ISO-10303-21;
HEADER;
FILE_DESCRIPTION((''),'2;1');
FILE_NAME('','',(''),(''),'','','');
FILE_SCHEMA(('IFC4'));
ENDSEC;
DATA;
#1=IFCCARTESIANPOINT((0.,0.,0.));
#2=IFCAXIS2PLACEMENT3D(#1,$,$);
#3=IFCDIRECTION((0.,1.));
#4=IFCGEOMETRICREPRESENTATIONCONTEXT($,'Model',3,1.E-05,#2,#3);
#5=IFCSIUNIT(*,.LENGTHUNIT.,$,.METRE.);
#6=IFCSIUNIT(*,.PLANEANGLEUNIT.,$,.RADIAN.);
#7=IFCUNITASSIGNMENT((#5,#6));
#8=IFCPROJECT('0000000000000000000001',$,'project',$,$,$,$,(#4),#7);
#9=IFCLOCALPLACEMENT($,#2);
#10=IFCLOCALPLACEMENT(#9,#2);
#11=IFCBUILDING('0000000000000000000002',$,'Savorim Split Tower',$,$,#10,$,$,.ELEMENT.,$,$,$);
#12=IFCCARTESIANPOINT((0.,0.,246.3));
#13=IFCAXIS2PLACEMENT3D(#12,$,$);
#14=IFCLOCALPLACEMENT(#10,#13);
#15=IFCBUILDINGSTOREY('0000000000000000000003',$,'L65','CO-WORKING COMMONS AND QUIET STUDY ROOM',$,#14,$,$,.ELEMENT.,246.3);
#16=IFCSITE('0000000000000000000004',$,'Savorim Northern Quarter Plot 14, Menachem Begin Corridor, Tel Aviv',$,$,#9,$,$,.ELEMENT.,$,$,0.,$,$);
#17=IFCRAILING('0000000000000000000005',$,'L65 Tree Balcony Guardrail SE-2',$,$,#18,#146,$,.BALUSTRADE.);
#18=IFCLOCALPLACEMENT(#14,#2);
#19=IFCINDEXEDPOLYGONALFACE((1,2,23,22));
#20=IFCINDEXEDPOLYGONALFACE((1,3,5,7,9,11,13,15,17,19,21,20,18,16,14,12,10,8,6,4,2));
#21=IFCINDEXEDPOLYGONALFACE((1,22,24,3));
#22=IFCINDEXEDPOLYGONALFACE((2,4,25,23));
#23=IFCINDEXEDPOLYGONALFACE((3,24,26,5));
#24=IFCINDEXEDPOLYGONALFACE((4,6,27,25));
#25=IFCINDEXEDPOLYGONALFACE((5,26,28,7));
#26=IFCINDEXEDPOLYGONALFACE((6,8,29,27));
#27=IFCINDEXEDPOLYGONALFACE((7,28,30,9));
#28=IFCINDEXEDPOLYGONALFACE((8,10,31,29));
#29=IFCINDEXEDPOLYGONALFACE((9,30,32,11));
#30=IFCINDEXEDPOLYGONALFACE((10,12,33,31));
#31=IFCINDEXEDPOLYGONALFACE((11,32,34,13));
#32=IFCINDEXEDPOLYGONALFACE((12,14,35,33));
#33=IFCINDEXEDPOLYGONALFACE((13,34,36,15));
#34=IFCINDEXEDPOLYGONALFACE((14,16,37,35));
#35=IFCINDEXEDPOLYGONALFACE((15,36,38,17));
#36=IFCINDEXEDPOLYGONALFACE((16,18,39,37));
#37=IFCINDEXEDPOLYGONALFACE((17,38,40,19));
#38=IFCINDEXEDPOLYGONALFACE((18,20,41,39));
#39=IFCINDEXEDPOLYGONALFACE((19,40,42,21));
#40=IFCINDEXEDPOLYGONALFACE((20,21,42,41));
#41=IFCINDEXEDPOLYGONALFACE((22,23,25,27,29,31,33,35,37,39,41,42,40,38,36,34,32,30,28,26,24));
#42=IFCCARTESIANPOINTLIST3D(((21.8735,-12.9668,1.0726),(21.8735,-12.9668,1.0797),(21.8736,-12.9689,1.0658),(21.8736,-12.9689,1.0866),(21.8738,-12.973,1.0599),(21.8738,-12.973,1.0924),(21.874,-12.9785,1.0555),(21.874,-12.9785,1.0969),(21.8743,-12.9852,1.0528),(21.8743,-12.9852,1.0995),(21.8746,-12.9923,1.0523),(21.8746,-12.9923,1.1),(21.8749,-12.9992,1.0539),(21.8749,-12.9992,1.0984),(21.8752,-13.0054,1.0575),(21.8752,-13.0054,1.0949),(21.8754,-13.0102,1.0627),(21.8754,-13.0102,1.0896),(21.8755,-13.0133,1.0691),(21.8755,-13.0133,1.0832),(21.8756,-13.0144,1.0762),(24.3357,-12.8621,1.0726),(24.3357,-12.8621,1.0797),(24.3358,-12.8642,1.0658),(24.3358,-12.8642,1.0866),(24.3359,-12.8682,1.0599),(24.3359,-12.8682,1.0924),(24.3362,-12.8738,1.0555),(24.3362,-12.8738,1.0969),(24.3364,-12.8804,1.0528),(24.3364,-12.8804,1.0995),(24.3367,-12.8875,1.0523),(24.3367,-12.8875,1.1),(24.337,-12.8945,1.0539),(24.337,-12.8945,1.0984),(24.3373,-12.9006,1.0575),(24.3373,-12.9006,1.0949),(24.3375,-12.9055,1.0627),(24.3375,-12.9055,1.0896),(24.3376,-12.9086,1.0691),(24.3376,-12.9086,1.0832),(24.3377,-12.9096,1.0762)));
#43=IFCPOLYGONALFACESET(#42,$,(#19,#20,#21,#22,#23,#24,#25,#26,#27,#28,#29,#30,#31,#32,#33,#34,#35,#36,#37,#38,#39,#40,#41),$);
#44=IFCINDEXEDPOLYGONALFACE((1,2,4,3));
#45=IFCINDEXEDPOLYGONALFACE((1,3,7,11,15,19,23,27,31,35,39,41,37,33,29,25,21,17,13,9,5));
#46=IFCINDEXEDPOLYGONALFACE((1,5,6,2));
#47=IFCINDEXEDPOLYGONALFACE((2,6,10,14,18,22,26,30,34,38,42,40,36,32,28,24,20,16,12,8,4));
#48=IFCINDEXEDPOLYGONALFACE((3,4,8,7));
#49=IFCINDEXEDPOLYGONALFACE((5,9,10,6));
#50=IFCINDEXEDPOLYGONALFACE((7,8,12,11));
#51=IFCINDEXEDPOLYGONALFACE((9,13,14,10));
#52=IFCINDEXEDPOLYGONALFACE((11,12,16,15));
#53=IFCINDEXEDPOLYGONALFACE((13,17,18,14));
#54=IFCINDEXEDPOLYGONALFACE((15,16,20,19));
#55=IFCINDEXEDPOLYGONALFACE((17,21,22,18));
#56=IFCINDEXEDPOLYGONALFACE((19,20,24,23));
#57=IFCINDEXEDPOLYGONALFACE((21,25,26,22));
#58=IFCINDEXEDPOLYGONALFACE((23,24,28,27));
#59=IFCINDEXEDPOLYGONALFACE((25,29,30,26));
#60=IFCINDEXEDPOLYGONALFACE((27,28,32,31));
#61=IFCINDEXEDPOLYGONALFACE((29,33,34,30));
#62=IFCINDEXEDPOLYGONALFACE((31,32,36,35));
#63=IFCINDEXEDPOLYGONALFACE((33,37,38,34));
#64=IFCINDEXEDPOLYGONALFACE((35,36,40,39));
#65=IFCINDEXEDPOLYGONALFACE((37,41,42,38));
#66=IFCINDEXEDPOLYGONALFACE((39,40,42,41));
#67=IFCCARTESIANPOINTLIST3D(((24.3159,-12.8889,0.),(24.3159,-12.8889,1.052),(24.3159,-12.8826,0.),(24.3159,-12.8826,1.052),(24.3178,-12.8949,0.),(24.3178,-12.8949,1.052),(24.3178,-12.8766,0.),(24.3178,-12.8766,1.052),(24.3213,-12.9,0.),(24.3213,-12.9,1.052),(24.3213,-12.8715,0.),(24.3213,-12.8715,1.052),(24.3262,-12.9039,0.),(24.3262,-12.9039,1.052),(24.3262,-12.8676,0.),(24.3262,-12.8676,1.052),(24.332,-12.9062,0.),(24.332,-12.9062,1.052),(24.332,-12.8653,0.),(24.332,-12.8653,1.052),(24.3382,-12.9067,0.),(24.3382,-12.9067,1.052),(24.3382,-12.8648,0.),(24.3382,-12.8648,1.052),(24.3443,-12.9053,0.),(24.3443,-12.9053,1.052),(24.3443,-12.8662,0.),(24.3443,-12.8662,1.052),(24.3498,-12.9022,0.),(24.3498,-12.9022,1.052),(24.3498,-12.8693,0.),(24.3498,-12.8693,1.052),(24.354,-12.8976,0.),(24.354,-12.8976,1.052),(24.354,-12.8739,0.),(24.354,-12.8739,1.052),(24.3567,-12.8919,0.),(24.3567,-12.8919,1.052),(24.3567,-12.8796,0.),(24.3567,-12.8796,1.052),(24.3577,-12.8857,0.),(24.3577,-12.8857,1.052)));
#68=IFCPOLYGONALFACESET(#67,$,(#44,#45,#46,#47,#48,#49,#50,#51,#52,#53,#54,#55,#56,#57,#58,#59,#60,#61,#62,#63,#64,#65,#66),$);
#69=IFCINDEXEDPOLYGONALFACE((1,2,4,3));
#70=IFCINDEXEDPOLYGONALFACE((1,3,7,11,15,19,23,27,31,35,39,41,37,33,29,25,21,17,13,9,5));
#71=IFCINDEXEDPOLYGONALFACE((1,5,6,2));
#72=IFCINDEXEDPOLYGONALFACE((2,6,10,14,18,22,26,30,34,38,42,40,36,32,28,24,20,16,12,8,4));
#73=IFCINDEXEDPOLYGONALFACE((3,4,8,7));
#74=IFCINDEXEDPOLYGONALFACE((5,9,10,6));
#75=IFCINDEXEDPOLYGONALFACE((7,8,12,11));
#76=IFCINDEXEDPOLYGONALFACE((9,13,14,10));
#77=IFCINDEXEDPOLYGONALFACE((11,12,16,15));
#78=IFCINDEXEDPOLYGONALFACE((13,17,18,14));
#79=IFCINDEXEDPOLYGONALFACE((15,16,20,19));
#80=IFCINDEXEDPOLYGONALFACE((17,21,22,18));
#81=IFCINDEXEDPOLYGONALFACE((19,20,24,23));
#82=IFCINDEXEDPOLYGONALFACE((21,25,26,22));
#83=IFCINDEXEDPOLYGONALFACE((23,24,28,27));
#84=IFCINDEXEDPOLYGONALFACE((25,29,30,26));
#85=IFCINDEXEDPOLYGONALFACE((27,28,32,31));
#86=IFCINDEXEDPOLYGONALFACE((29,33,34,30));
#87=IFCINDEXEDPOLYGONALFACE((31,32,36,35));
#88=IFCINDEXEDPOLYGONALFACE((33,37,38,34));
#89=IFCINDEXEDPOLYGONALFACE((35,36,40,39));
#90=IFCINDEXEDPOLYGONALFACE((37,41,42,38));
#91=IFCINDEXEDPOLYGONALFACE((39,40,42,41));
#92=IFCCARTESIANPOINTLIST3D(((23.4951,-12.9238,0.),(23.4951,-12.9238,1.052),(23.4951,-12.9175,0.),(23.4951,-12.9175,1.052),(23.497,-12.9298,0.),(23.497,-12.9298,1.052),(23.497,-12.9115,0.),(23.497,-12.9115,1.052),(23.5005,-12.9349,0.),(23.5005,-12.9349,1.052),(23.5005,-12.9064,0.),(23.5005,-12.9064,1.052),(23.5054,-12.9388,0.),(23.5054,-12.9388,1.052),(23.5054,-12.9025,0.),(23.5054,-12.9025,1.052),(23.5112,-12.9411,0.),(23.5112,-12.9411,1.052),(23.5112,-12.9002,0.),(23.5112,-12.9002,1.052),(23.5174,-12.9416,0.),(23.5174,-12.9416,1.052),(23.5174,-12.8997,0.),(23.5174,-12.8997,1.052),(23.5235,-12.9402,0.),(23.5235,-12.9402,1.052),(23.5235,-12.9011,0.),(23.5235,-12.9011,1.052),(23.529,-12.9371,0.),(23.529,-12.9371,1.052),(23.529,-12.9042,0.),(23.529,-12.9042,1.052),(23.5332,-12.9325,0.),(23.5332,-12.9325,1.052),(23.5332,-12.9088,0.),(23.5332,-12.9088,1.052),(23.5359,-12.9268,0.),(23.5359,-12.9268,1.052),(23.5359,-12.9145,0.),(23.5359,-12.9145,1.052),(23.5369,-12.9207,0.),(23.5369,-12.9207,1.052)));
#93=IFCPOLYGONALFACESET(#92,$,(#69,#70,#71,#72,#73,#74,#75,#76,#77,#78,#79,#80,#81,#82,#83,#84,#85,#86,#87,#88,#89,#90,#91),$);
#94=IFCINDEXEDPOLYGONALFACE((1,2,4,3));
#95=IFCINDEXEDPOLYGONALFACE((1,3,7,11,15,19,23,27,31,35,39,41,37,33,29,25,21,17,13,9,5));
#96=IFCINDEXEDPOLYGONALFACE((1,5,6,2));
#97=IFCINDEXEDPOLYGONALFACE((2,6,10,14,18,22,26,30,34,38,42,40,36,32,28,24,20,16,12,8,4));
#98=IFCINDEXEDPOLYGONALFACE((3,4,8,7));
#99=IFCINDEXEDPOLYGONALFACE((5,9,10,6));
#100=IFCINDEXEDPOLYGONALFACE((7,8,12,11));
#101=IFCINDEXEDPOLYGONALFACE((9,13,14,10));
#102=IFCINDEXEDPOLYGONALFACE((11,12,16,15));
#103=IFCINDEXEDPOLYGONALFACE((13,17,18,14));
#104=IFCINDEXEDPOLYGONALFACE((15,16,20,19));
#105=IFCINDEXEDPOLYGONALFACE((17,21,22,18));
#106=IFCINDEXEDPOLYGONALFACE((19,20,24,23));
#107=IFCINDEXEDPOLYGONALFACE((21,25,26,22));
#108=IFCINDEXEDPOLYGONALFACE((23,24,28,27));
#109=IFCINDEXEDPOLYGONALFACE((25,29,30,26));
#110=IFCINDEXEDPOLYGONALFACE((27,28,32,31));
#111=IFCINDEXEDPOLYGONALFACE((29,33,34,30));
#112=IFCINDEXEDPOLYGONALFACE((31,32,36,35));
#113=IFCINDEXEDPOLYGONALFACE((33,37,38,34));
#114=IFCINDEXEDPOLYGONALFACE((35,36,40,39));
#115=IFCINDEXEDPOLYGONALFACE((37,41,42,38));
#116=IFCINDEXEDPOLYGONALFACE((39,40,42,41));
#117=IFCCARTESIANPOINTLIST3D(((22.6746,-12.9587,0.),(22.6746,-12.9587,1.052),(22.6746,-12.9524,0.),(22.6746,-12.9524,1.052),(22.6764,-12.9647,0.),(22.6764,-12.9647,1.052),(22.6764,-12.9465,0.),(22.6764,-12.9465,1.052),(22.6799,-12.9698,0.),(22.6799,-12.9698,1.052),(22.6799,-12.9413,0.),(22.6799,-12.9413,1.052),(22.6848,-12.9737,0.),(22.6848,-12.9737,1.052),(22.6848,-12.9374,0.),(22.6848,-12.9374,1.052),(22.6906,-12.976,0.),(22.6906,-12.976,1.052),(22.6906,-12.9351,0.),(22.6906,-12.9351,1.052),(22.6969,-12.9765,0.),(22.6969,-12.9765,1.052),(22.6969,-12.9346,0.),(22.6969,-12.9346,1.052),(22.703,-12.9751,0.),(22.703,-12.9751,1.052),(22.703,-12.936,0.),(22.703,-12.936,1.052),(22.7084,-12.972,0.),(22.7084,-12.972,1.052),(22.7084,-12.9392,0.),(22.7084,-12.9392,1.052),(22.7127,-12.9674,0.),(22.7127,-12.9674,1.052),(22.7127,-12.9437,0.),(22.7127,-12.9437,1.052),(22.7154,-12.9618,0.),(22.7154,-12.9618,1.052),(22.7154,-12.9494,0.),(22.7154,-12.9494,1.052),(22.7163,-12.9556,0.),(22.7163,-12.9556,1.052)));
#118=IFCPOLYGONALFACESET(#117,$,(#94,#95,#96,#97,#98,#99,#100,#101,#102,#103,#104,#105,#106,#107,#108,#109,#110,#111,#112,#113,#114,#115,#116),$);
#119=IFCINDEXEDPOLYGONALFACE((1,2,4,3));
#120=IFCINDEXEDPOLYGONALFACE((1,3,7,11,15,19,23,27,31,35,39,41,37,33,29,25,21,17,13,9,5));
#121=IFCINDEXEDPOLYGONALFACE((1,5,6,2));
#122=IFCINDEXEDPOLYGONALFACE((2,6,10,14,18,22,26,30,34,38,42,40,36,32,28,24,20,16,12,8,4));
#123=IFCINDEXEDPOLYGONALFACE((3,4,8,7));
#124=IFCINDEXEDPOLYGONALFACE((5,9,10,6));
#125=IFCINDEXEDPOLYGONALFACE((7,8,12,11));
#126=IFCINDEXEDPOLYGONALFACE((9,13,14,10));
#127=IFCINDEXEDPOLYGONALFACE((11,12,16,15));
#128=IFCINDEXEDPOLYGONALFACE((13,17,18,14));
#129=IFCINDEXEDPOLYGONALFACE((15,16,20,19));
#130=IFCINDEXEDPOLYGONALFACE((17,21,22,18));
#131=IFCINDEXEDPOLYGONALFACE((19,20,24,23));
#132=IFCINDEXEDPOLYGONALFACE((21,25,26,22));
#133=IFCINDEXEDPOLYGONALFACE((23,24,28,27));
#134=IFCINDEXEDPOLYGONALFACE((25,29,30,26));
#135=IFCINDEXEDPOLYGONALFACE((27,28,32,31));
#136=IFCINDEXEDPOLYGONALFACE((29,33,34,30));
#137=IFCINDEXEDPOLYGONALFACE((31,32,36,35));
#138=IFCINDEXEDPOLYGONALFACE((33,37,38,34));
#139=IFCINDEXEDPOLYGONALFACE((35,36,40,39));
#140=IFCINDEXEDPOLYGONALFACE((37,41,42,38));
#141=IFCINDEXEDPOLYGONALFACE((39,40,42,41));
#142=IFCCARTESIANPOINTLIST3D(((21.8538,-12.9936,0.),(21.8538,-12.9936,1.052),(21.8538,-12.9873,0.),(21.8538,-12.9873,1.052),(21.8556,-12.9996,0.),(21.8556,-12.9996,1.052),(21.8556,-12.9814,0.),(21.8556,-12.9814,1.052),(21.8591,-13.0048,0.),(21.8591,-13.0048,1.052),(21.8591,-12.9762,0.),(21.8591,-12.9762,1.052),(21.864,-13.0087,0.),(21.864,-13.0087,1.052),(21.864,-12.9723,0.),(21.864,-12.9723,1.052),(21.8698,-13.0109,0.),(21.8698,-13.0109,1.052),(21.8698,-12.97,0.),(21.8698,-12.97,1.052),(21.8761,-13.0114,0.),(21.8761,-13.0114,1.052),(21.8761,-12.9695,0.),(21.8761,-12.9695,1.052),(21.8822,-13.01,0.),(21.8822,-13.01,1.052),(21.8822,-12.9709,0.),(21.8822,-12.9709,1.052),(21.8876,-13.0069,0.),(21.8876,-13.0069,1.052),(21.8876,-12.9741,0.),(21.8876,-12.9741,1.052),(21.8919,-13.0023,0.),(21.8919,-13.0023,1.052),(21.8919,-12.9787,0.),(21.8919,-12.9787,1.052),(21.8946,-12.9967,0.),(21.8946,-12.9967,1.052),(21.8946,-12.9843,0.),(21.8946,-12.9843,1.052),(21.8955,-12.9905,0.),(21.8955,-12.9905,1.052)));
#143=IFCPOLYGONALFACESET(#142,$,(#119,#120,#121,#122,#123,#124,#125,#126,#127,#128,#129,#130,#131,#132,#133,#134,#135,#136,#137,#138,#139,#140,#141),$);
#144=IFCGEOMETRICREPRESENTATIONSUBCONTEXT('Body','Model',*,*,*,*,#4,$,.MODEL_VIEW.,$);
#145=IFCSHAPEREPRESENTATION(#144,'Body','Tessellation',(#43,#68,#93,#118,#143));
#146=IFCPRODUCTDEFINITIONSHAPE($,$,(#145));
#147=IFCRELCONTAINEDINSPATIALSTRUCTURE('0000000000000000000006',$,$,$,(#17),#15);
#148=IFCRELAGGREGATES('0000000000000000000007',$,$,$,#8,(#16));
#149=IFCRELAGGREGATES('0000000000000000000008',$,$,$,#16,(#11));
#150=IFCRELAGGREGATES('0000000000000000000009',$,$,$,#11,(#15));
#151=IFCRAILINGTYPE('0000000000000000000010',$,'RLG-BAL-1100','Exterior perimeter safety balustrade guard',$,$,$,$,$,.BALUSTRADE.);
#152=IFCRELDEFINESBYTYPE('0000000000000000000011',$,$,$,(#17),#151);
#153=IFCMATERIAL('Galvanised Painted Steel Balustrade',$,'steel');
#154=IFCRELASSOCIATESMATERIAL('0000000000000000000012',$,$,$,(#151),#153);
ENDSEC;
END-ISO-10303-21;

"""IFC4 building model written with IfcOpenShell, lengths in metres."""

from ifc_helpers import new_model, si_unit, direction, frame, origin, origin_2d, place, context, subcontext, project, spatial, circle, extrude, material, type_object, element, save


model = new_model("IFC4")

# Units and contexts
model_context = context("Model", 3, precision=1e-05, world=origin(), true_north=direction((0.0, 1.0)))
body_context = subcontext(model_context, "Body", "Model", "MODEL_VIEW")
ifc_project = project(units=[si_unit("LENGTHUNIT", "METRE"), si_unit("PLANEANGLEUNIT", "RADIAN")], contexts=[model_context])

# Site, building, storey
site_placement = place(None, origin())
site = spatial("IfcSite", under=ifc_project, at=site_placement, Name="Savorim Northern Quarter Plot 14, Menachem Begin Corridor, Tel Aviv", CompositionType="ELEMENT", RefElevation=0.0)
building_placement = place(site_placement, origin())
building = spatial("IfcBuilding", under=site, at=building_placement, Name="Savorim Split Tower", CompositionType="ELEMENT")
storey_placement = place(building_placement, frame((0.0, 0.0, 246.3)))
storey = spatial("IfcBuildingStorey", under=building, at=storey_placement, Name="L65", Description="CO-WORKING COMMONS AND QUIET STUDY ROOM", CompositionType="ELEMENT", Elevation=246.3)

# Railing
ifc_material_1 = material(Name="Galvanised Painted Steel Balustrade", Category="steel")
railing_type = type_object("IfcRailingType", Name="RLG-BAL-1100", Description="Exterior perimeter safety balustrade guard", PredefinedType="BALUSTRADE", material=ifc_material_1)
railing_1_placement = place(storey_placement, frame((24.3367, -12.8857, 0.0)))
element("IfcRailing", 1, at=railing_1_placement, inside=storey, type_object=railing_type, Name="L65 Tree Balcony Guardrail SE-2", PredefinedType="BALUSTRADE", context=body_context, shape_type="SweptSolid", body=[
    extrude(circle(Radius=0.0239, at=origin_2d()), frame((0.0, 0.0, 1.0762), z_axis=(-0.999096, -0.0425, 0.0), x_axis=(0.0425, -0.999096, 0.0)), (0.0, 0.0, 1.0), 2.4644),
    extrude(circle(Radius=0.021, at=origin_2d()), origin(), (0.0, 0.0, 1.0), 1.052),
    extrude(circle(Radius=0.021, at=origin_2d()), frame((-0.8208, -0.0349, 0.0)), (0.0, 0.0, 1.0), 1.052),
    extrude(circle(Radius=0.021, at=origin_2d()), frame((-1.6414, -0.0698, 0.0)), (0.0, 0.0, 1.0), 1.052),
    extrude(circle(Radius=0.021, at=origin_2d()), frame((-2.4622, -0.1047, 0.0)), (0.0, 0.0, 1.0), 1.052),
])

save(model, "model.ifc")
